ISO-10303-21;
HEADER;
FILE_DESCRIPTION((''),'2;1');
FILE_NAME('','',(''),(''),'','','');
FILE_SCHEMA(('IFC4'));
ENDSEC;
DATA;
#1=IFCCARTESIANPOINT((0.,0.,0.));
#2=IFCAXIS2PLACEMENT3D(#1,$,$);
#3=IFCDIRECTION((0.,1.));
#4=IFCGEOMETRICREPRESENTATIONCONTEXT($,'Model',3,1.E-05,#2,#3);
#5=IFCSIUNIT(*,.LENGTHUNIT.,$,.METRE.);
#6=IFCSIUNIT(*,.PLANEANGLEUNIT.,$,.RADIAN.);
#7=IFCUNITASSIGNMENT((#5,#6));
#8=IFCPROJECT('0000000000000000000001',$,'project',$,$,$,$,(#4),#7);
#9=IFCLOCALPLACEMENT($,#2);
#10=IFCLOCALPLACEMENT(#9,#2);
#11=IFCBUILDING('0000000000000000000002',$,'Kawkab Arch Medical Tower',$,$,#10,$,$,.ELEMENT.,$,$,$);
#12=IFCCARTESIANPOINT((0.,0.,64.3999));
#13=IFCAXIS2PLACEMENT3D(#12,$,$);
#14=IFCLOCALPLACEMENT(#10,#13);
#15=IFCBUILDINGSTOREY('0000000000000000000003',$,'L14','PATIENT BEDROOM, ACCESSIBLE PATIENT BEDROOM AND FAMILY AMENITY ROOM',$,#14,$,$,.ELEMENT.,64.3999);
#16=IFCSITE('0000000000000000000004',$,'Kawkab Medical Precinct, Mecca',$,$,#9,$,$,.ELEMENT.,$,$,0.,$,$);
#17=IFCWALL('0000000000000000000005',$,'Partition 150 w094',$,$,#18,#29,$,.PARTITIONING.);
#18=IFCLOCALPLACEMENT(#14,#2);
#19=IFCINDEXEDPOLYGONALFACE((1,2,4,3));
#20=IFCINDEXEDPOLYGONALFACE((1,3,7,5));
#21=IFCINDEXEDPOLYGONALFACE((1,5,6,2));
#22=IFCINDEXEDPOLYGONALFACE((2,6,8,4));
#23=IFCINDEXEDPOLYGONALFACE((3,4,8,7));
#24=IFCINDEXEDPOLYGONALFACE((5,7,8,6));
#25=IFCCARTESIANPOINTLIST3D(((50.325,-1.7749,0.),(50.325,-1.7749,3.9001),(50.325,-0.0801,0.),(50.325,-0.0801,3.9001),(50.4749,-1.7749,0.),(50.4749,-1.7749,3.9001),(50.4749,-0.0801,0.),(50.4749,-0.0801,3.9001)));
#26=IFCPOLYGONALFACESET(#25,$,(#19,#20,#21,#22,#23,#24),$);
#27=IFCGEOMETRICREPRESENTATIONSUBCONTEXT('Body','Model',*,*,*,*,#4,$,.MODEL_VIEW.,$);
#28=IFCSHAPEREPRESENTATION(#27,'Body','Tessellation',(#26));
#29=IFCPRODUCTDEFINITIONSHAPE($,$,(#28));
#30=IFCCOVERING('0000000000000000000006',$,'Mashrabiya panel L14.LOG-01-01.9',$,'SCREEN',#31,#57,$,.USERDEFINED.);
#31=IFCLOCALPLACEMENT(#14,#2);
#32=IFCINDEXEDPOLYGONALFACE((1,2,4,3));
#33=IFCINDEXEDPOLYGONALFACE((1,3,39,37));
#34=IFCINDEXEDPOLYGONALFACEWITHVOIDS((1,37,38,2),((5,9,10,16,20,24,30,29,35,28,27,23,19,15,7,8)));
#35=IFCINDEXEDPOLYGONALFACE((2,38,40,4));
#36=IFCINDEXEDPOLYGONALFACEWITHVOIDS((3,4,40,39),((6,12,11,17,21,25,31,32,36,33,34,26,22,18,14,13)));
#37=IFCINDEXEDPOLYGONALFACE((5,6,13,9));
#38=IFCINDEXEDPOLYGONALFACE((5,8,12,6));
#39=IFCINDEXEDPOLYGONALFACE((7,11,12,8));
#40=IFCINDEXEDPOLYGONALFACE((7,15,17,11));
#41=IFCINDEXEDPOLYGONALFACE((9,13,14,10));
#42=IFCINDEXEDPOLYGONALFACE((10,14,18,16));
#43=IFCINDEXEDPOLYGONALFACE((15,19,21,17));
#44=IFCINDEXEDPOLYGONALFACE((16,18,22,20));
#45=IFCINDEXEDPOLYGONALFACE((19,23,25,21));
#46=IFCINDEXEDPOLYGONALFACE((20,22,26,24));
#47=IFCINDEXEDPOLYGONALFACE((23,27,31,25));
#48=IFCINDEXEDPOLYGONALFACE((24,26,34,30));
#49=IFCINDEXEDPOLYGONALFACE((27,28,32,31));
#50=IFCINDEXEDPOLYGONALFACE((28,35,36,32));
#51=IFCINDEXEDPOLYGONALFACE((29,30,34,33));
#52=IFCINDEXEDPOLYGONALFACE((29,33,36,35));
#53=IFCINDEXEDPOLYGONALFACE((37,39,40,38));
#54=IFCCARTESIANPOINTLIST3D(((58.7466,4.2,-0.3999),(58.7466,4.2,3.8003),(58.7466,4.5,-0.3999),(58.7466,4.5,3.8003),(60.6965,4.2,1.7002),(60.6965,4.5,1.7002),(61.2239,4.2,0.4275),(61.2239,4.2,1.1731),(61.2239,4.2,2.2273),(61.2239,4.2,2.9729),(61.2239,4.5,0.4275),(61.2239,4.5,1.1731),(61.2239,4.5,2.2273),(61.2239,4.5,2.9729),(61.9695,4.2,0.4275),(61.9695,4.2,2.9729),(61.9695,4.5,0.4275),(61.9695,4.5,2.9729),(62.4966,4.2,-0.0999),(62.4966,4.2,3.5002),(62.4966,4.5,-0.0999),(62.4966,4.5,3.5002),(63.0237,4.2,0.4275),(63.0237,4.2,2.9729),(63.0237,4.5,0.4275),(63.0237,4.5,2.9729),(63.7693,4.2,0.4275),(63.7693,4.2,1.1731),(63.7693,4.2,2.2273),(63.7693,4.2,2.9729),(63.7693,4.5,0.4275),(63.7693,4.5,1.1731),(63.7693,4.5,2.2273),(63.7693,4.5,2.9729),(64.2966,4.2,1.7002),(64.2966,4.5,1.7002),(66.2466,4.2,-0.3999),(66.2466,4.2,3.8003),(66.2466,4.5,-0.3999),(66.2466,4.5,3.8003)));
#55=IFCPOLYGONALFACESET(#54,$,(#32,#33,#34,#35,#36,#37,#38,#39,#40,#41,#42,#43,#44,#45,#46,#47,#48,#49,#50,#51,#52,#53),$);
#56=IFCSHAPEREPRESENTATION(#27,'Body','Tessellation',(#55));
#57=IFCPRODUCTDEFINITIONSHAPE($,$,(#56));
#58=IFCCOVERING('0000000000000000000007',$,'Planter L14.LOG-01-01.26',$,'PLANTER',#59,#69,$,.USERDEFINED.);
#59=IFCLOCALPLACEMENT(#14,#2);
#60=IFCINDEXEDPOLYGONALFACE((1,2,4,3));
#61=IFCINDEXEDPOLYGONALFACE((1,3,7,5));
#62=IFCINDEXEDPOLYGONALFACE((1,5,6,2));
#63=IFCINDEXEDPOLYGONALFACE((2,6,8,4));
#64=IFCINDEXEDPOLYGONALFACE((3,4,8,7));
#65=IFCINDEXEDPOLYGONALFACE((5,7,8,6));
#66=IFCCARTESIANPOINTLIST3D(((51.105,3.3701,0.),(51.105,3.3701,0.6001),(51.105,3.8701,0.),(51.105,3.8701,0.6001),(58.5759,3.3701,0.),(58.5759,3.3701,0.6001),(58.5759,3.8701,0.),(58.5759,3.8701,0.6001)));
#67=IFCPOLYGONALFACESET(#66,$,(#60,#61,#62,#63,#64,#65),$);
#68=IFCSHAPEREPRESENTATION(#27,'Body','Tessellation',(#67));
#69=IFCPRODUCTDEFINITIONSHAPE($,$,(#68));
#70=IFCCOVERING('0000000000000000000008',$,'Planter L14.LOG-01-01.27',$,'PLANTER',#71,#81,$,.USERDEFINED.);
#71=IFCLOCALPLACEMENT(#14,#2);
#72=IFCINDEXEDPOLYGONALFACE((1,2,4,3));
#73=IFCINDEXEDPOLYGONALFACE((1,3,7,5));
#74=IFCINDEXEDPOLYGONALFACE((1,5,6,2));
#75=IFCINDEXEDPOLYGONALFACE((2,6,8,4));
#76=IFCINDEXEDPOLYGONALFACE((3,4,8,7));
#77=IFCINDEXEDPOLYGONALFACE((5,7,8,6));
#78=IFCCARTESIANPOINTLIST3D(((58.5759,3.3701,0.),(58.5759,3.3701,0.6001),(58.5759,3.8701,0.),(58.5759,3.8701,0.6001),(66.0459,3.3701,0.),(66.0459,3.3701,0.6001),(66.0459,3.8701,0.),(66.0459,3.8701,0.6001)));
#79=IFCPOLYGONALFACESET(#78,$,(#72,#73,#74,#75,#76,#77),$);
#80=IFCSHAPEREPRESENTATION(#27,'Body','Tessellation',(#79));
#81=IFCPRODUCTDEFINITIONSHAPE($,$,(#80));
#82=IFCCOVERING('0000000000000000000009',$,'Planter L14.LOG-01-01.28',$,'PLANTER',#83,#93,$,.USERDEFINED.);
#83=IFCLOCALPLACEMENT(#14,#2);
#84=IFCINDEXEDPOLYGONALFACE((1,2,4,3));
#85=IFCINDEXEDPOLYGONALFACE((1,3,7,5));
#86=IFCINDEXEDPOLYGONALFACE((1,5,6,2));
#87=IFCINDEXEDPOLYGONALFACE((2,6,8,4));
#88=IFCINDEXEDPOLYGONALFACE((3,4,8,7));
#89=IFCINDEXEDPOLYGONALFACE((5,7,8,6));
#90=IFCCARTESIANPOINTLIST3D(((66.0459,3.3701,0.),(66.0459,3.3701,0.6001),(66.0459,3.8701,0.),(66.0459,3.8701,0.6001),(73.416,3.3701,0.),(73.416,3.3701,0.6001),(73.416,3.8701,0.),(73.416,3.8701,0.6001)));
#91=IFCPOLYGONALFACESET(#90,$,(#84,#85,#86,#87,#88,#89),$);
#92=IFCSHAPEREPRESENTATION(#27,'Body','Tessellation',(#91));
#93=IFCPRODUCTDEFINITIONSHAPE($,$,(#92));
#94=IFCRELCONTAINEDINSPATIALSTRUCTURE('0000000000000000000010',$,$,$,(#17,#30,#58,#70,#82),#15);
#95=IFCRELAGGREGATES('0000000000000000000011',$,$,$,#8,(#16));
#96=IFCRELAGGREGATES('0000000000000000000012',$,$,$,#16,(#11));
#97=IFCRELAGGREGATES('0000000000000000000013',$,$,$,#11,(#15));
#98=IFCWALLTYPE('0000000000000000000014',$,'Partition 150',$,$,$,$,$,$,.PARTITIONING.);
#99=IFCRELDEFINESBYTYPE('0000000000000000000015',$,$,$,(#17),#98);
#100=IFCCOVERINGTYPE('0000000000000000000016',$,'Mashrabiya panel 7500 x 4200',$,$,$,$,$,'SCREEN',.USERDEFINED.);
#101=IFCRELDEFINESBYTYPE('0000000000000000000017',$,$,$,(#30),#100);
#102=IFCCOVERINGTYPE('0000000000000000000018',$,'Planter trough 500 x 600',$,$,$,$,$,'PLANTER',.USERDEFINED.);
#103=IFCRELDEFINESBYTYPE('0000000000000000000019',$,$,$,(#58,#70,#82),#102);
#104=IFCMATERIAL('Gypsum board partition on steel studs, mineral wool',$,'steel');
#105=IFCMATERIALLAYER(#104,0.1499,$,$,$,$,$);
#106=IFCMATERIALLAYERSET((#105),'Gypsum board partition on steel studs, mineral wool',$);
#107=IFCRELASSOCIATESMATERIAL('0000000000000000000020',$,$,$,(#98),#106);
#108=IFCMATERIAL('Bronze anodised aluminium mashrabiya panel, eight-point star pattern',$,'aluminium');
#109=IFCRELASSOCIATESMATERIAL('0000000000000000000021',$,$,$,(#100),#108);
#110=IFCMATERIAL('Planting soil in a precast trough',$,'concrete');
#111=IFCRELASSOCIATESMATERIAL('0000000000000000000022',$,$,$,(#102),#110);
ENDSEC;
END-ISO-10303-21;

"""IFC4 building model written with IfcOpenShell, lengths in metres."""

from ifc_helpers import new_model, si_unit, direction, frame, frame_2d, origin, origin_2d, place, context, subcontext, project, spatial, polyline, rectangle, outline, extrude, material, layer, layer_set, material_profile, profile_set, type_object, element, save


model = new_model("IFC4")

# Units and contexts
model_context = context("Model", 3, precision=1e-05, world=origin(), true_north=direction((0.0, 1.0)))
body_context = subcontext(model_context, "Body", "Model", "MODEL_VIEW")
ifc_project = project(units=[si_unit("LENGTHUNIT", "METRE"), si_unit("PLANEANGLEUNIT", "RADIAN")], contexts=[model_context])

# Site, building, storey
site_placement = place(None, origin())
site = spatial("IfcSite", under=ifc_project, at=site_placement, Name="Kawkab Medical Precinct, Mecca", CompositionType="ELEMENT", RefElevation=0.0)
building_placement = place(site_placement, origin())
building = spatial("IfcBuilding", under=site, at=building_placement, Name="Kawkab Arch Medical Tower", CompositionType="ELEMENT")
storey_placement = place(building_placement, frame((0.0, 0.0, 64.3999)))
storey = spatial("IfcBuildingStorey", under=building, at=storey_placement, Name="L14", Description="PATIENT BEDROOM, ACCESSIBLE PATIENT BEDROOM AND FAMILY AMENITY ROOM", CompositionType="ELEMENT", Elevation=64.3999)

# Wall
ifc_material_1 = material(Name="Gypsum board partition on steel studs, mineral wool", Category="steel")
ifc_layer_1 = layer(ifc_material_1, 0.1499)
ifc_layer_set_1 = layer_set([ifc_layer_1], Name="Gypsum board partition on steel studs, mineral wool")
wall_type_1 = type_object("IfcWallType", Name="Partition 150", PredefinedType="PARTITIONING", material=ifc_layer_set_1)
wall_1_placement = place(storey_placement, frame((50.3999, -1.7749, 0.0), z_axis=(0.0, 0.0, 1.0), x_axis=(0.0, 1.0, 0.0)))
element("IfcWall", 1, at=wall_1_placement, inside=storey, type_object=wall_type_1, Name="Partition 150 w094", PredefinedType="PARTITIONING", context=body_context, shape_type="SweptSolid", body=[
    extrude(rectangle(XDim=1.6948, YDim=0.1499, at=frame_2d((0.8474, 0.0))), origin(), (0.0, 0.0, 1.0), 3.9001),
])

# Coverings
ifc_material_2 = material(Name="Bronze anodised aluminium mashrabiya panel, eight-point star pattern", Category="aluminium")
ifc_material_profile_1 = material_profile(ifc_material_2, outline(polyline([(-3.75, -2.1001), (3.75, -2.1001), (3.75, 2.1001), (-3.75, 2.1001), (-3.75, -2.1001)]), holes=[polyline([(1.8, 0.0), (1.2727, 0.5271), (1.2727, 1.2727), (0.5271, 1.2727), (0.0, 1.8), (-0.5271, 1.2727), (-1.2727, 1.2727), (-1.2727, 0.5271), (-1.8, 0.0), (-1.2727, -0.5271), (-1.2727, -1.2727), (-0.5271, -1.2727), (0.0, -1.8), (0.5271, -1.2727), (1.2727, -1.2727), (1.2727, -0.5271), (1.8, 0.0)])]), Name="Mashrabiya panel 7500x4200")
ifc_profile_set_1 = profile_set([ifc_material_profile_1], Name="Bronze anodised aluminium mashrabiya panel, eight-point star pattern")
covering_type_1 = type_object("IfcCoveringType", Name="Mashrabiya panel 7500 x 4200", ElementType="SCREEN", PredefinedType="USERDEFINED", material=ifc_profile_set_1)
covering_1_placement = place(storey_placement, frame((62.4966, 4.2, 1.7002), z_axis=(0.0, 1.0, 0.0), x_axis=(-1.0, 0.0, 0.0)))
element("IfcCovering", 2, at=covering_1_placement, inside=storey, type_object=covering_type_1, Name="Mashrabiya panel L14.LOG-01-01.9", ObjectType="SCREEN", PredefinedType="USERDEFINED", context=body_context, shape_type="SweptSolid", body=[
    extrude(outline(polyline([(-3.75, -2.1001), (3.75, -2.1001), (3.75, 2.1001), (-3.75, 2.1001), (-3.75, -2.1001)]), holes=[polyline([(1.8, 0.0), (1.2727, 0.5271), (1.2727, 1.2727), (0.5271, 1.2727), (0.0, 1.8), (-0.5271, 1.2727), (-1.2727, 1.2727), (-1.2727, 0.5271), (-1.8, 0.0), (-1.2727, -0.5271), (-1.2727, -1.2727), (-0.5271, -1.2727), (0.0, -1.8), (0.5271, -1.2727), (1.2727, -1.2727), (1.2727, -0.5271), (1.8, 0.0)])]), origin(), (0.0, 0.0, 1.0), 0.3),
])
ifc_material_3 = material(Name="Planting soil in a precast trough", Category="concrete")
ifc_material_profile_2 = material_profile(ifc_material_3, rectangle(XDim=0.5, YDim=0.6001, at=origin_2d()), Name="Trough 500x600")
ifc_profile_set_2 = profile_set([ifc_material_profile_2], Name="Planting soil in a precast trough")
covering_type_2 = type_object("IfcCoveringType", Name="Planter trough 500 x 600", ElementType="PLANTER", PredefinedType="USERDEFINED", material=ifc_profile_set_2)
covering_2_placement = place(storey_placement, frame((51.105, 3.6201, 0.3), z_axis=(1.0, 0.0, 0.0), x_axis=(0.0, 1.0, 0.0)))
element("IfcCovering", 3, at=covering_2_placement, inside=storey, type_object=covering_type_2, Name="Planter L14.LOG-01-01.26", ObjectType="PLANTER", PredefinedType="USERDEFINED", context=body_context, shape_type="SweptSolid", body=[
    extrude(rectangle(XDim=0.5, YDim=0.6001, at=origin_2d()), origin(), (0.0, 0.0, 1.0), 7.4709),
])
covering_3_placement = place(storey_placement, frame((58.5759, 3.6201, 0.3), z_axis=(1.0, 0.0, 0.0), x_axis=(0.0, 1.0, 0.0)))
element("IfcCovering", 4, at=covering_3_placement, inside=storey, type_object=covering_type_2, Name="Planter L14.LOG-01-01.27", ObjectType="PLANTER", PredefinedType="USERDEFINED", context=body_context, shape_type="SweptSolid", body=[
    extrude(rectangle(XDim=0.5, YDim=0.6001, at=origin_2d()), origin(), (0.0, 0.0, 1.0), 7.47),
])
covering_4_placement = place(storey_placement, frame((66.0459, 3.6201, 0.3), z_axis=(1.0, 0.0, 0.0), x_axis=(0.0, 1.0, 0.0)))
element("IfcCovering", 5, at=covering_4_placement, inside=storey, type_object=covering_type_2, Name="Planter L14.LOG-01-01.28", ObjectType="PLANTER", PredefinedType="USERDEFINED", context=body_context, shape_type="SweptSolid", body=[
    extrude(rectangle(XDim=0.5, YDim=0.6001, at=origin_2d()), origin(), (0.0, 0.0, 1.0), 7.3701),
])

save(model, "model.ifc")
